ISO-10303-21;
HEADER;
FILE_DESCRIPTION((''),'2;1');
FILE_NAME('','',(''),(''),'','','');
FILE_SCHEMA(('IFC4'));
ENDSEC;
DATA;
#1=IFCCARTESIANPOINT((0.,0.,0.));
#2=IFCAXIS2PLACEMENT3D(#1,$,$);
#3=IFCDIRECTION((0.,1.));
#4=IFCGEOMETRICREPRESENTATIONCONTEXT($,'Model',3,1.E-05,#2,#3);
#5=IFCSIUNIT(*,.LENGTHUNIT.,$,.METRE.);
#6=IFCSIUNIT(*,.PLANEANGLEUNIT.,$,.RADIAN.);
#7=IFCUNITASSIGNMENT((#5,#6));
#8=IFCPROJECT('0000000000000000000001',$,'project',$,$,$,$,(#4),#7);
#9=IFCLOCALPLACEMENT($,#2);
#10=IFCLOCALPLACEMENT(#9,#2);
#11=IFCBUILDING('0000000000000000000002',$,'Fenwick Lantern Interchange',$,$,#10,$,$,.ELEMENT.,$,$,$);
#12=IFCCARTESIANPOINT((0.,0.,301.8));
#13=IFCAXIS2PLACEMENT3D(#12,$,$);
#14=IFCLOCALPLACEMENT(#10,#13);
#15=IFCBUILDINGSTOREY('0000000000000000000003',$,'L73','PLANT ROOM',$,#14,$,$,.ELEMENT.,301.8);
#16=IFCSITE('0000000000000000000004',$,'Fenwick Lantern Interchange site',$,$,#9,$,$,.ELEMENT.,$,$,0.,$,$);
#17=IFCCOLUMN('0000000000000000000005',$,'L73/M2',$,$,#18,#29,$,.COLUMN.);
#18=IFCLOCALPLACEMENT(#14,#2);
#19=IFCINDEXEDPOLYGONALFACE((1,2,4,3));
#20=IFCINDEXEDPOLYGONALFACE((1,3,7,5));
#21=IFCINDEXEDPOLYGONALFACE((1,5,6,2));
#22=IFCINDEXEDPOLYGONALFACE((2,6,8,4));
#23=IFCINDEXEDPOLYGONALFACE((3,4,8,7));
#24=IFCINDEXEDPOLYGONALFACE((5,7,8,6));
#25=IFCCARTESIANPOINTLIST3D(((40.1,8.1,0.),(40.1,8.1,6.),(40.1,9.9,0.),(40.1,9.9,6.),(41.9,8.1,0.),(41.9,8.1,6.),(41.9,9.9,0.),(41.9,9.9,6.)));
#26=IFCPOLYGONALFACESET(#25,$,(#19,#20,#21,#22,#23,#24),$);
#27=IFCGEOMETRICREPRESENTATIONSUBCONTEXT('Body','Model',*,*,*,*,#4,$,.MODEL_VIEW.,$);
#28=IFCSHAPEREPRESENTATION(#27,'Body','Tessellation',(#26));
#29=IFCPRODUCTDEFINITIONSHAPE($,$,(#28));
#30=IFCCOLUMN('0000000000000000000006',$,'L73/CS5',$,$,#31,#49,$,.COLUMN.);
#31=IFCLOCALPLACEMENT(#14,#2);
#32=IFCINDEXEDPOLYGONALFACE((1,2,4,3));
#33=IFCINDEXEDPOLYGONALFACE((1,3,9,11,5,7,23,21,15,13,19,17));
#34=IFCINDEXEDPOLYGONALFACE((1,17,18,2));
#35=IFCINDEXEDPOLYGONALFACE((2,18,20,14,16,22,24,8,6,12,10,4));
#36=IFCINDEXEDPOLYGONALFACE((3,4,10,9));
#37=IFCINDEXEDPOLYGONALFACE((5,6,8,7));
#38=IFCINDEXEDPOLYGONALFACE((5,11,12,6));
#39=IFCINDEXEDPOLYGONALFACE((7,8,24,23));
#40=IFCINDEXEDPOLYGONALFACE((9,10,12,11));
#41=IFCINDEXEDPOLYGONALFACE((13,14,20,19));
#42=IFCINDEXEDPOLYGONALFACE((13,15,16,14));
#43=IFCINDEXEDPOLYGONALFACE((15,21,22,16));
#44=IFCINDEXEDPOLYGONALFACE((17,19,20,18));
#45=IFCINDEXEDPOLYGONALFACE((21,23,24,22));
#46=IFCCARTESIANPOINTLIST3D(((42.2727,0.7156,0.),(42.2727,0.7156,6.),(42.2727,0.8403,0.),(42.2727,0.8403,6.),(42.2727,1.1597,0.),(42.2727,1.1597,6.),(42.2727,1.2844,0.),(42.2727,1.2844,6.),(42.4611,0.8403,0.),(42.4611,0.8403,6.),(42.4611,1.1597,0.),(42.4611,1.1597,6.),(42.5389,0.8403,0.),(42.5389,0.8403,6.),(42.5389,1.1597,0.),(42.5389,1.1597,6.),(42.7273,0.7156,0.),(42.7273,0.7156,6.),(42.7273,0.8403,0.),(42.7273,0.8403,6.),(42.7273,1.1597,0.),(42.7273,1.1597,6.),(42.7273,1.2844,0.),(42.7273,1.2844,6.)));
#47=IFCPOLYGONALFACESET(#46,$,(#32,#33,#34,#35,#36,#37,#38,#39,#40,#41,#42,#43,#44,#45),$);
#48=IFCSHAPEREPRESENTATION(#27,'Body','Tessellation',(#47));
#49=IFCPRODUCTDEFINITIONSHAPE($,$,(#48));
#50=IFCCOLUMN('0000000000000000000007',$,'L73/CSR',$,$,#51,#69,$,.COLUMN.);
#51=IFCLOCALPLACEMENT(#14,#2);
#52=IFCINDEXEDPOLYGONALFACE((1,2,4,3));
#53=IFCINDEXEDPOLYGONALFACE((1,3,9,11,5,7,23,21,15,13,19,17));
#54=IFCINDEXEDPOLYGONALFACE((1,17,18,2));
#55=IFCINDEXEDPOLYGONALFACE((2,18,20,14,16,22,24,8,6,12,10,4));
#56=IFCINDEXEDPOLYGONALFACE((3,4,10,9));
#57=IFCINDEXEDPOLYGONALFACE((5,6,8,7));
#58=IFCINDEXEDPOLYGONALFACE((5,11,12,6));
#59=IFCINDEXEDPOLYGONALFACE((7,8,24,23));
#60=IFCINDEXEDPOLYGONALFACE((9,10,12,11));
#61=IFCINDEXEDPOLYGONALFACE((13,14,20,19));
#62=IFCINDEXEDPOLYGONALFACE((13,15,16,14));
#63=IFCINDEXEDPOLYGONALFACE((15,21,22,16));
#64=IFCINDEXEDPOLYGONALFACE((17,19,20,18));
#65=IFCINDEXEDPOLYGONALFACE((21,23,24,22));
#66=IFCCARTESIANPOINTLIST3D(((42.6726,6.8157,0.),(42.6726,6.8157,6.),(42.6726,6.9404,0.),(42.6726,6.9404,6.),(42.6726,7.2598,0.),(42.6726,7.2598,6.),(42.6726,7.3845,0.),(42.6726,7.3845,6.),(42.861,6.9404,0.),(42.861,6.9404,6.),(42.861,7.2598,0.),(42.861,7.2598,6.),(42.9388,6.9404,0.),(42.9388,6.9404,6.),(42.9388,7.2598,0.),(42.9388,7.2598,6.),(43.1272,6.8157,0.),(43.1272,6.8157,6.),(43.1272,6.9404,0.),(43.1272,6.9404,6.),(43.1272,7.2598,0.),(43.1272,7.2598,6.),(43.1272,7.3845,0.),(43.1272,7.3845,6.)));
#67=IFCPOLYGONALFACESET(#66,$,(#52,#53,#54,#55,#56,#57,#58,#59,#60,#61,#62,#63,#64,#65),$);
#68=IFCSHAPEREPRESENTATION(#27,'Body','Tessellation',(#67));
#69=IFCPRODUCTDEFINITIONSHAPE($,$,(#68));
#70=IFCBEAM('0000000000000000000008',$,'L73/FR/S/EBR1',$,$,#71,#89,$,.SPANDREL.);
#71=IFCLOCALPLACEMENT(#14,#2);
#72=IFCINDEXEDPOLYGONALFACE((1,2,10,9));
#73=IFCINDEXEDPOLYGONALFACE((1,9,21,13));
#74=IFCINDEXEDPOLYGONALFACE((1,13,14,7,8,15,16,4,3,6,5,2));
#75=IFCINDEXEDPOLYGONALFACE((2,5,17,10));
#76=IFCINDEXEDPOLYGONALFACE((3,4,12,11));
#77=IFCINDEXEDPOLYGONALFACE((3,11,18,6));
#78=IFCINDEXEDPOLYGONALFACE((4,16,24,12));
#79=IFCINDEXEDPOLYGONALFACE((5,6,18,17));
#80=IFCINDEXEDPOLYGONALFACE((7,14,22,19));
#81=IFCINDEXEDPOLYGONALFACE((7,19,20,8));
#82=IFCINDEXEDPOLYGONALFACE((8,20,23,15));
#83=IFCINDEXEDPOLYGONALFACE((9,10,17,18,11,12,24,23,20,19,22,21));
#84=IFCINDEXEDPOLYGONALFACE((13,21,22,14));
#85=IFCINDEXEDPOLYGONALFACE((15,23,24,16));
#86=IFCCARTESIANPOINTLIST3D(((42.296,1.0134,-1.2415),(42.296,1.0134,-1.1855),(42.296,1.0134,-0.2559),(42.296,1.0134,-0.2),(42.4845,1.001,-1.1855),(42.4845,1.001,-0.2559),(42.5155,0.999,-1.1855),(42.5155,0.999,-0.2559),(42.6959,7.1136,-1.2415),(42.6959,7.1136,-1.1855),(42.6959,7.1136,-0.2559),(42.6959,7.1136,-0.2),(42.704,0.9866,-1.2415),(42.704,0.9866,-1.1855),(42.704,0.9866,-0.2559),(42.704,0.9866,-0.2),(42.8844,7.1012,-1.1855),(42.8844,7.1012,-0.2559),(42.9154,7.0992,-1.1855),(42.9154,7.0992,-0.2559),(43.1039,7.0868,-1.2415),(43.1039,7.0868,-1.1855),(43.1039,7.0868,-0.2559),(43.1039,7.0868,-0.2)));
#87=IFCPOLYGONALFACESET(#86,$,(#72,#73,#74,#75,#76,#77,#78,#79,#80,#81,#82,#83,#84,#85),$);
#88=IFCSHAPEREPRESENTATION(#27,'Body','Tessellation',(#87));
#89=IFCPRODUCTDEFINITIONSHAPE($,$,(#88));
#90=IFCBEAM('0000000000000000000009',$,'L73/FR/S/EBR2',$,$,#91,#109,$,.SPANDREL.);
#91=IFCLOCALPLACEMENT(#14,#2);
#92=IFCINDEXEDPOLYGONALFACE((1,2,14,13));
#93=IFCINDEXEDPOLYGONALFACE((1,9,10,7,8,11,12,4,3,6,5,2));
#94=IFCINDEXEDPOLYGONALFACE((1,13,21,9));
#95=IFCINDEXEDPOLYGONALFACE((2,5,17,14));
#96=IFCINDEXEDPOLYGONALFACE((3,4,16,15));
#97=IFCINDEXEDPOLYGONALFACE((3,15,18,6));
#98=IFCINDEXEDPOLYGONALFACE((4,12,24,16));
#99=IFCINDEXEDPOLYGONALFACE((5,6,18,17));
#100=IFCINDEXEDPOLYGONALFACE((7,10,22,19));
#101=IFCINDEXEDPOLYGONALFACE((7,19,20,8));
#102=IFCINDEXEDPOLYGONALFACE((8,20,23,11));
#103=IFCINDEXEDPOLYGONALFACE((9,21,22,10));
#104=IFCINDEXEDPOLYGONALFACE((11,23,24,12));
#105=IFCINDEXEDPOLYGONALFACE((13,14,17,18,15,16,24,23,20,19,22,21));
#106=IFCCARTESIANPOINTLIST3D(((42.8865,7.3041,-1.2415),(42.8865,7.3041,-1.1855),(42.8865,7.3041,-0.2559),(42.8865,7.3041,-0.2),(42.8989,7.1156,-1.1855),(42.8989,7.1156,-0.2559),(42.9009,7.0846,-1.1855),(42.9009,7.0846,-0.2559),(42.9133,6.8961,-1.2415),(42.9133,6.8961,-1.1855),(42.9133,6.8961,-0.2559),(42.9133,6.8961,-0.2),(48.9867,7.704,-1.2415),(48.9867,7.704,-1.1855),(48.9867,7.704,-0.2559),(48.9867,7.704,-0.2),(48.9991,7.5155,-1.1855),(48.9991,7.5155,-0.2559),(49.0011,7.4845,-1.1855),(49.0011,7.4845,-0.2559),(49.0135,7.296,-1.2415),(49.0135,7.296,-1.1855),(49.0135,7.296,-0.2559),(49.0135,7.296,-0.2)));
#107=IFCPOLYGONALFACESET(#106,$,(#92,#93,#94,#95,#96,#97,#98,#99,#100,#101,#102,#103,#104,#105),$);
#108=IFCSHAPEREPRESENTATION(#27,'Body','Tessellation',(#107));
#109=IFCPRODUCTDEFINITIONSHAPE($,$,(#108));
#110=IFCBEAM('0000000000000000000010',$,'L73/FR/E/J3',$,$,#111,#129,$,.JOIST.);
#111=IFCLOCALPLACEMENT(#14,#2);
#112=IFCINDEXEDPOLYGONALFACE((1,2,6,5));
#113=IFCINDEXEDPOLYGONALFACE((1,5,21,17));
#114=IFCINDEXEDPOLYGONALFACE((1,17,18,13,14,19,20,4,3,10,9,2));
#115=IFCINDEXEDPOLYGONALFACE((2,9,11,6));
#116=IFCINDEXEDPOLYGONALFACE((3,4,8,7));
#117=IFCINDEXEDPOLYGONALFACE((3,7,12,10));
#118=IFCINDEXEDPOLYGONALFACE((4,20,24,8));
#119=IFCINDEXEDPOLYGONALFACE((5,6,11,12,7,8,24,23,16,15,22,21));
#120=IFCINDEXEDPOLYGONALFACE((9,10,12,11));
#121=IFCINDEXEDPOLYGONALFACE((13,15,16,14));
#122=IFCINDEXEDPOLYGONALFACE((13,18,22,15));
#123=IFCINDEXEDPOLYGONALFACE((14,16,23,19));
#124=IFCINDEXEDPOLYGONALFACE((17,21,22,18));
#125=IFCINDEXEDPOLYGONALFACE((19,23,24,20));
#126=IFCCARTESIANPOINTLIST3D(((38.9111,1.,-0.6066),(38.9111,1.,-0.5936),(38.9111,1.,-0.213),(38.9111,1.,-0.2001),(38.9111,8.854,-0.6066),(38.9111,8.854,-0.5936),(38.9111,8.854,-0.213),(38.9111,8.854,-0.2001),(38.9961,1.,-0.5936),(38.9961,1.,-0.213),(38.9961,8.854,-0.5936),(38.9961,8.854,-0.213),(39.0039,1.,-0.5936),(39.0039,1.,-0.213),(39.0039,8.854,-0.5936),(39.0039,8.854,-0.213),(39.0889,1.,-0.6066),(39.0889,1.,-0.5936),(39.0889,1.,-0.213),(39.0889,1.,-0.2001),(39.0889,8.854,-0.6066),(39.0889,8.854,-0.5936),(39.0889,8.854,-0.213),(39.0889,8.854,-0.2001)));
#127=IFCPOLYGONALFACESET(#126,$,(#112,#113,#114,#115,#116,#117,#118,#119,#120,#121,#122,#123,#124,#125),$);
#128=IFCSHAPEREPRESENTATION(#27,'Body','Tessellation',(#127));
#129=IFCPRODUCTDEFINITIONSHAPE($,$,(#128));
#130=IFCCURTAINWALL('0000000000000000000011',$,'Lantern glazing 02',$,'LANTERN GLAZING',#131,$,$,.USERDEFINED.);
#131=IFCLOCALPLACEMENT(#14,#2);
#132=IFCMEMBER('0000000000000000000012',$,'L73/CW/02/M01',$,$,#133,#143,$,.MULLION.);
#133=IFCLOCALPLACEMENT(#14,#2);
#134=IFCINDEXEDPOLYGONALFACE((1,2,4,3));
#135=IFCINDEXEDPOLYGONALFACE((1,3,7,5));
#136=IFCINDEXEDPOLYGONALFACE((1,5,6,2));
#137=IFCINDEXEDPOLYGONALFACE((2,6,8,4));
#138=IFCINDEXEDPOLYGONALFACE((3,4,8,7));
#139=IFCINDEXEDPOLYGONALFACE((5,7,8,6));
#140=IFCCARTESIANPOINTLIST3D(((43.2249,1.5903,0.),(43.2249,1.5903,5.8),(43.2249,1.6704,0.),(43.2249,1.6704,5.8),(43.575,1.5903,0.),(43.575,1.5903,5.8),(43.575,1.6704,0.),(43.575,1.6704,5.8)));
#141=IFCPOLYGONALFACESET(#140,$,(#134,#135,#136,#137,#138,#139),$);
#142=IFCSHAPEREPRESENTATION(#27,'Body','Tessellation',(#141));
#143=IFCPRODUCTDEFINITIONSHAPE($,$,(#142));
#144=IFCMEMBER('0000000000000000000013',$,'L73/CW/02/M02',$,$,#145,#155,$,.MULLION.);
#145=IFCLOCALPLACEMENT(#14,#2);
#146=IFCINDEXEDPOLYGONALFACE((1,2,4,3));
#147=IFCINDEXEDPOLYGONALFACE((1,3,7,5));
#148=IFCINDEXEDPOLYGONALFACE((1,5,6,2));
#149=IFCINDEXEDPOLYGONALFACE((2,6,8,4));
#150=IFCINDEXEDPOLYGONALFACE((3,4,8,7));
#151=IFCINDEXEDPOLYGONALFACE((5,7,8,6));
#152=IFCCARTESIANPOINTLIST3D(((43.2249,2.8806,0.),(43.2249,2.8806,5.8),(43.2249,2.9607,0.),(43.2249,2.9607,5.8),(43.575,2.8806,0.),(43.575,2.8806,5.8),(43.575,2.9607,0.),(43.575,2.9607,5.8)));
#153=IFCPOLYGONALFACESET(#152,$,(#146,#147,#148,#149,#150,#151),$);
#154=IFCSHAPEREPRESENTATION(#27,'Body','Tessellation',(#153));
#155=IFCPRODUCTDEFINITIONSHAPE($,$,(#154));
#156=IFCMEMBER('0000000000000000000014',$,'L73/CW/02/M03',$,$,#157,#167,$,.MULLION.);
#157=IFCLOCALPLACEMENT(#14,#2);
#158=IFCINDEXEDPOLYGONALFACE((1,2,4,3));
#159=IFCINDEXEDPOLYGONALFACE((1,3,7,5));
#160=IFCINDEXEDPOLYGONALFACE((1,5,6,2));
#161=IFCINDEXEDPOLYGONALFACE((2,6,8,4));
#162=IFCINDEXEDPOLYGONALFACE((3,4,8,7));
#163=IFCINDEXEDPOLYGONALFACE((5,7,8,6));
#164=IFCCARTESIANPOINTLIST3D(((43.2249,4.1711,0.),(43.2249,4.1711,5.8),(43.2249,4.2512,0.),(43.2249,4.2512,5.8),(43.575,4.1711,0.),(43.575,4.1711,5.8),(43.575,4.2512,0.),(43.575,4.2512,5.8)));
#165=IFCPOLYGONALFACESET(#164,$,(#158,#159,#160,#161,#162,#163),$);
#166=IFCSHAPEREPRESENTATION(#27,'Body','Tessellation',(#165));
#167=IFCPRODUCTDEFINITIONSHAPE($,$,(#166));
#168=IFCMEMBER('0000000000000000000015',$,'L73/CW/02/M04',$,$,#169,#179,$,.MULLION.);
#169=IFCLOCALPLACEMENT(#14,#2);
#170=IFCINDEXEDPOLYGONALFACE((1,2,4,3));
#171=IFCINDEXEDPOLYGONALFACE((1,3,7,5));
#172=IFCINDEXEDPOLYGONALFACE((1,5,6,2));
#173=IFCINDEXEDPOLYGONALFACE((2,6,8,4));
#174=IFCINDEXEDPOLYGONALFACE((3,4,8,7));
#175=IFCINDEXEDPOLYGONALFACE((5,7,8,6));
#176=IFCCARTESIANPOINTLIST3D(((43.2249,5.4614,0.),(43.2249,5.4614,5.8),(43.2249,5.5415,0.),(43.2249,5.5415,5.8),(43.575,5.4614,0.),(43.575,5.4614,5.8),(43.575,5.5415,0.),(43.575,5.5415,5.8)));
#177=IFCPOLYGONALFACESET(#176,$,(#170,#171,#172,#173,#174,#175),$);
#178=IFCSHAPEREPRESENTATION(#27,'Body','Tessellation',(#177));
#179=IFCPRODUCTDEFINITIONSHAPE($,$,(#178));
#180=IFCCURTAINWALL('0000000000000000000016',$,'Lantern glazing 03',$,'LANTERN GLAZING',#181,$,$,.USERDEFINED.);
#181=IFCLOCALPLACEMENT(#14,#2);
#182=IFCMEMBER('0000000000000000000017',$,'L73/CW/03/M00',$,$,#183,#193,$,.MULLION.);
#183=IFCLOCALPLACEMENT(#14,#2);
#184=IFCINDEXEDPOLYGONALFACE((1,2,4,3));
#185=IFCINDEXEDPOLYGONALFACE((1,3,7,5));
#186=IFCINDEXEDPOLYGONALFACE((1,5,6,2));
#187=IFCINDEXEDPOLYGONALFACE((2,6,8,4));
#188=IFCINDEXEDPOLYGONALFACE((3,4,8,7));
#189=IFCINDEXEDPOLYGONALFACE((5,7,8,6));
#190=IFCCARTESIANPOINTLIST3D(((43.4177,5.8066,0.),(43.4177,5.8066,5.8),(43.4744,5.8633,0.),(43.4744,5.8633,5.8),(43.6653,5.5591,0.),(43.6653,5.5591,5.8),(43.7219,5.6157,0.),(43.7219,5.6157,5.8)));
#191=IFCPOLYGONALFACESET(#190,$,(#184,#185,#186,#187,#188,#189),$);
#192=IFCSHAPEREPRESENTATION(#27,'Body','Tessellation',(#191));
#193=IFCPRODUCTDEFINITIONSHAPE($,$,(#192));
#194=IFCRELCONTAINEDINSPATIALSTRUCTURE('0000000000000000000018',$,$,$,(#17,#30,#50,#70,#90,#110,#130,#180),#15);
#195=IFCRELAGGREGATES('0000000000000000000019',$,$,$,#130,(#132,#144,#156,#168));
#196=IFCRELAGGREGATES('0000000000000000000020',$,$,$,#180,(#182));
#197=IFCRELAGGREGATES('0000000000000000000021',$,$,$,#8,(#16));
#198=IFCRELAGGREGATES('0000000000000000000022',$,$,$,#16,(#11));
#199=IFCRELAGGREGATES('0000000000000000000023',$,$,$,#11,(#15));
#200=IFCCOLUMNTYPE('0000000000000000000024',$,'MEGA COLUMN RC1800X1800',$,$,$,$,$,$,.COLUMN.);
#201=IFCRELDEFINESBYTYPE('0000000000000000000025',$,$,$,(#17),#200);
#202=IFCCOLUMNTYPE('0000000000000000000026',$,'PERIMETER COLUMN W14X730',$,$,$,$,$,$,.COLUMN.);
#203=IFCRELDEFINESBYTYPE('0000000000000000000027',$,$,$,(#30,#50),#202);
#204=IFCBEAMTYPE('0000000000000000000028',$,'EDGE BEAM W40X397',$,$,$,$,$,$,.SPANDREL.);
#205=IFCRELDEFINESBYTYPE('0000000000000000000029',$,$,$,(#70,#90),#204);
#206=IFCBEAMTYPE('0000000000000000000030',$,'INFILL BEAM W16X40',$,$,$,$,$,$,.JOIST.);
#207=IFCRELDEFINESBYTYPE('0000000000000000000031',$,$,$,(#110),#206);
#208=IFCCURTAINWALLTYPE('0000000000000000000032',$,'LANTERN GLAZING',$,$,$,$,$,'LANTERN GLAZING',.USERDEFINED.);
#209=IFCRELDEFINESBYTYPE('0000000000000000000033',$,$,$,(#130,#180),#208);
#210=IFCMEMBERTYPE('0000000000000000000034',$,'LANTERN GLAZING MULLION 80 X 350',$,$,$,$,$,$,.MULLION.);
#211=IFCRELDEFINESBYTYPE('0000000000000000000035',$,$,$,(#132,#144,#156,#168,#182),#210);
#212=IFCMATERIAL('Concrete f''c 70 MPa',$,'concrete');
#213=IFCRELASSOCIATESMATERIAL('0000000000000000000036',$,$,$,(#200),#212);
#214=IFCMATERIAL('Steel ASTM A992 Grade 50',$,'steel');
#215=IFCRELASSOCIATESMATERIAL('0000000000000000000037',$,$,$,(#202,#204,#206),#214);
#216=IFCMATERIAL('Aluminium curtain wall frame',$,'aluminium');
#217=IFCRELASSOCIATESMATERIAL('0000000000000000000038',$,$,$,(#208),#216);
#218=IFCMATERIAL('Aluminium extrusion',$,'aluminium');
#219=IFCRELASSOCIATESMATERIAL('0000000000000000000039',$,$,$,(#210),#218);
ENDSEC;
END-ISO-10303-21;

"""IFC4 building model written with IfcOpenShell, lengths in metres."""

from ifc_helpers import new_model, si_unit, direction, frame, origin, origin_2d, place, context, subcontext, project, spatial, rectangle, i_section, extrude, material, material_profile, profile_set, type_object, element, aggregate, save


model = new_model("IFC4")

# Units and contexts
model_context = context("Model", 3, precision=1e-05, world=origin(), true_north=direction((0.0, 1.0)))
body_context = subcontext(model_context, "Body", "Model", "MODEL_VIEW")
ifc_project = project(units=[si_unit("LENGTHUNIT", "METRE"), si_unit("PLANEANGLEUNIT", "RADIAN")], contexts=[model_context])

# Site, building, storey
site_placement = place(None, origin())
site = spatial("IfcSite", under=ifc_project, at=site_placement, Name="Fenwick Lantern Interchange site", CompositionType="ELEMENT", RefElevation=0.0)
building_placement = place(site_placement, origin())
building = spatial("IfcBuilding", under=site, at=building_placement, Name="Fenwick Lantern Interchange", CompositionType="ELEMENT")
storey_placement = place(building_placement, frame((0.0, 0.0, 301.8)))
storey = spatial("IfcBuildingStorey", under=building, at=storey_placement, Name="L73", Description="PLANT ROOM", CompositionType="ELEMENT", Elevation=301.8)

# Columns
ifc_material_1 = material(Name="Concrete f'c 70 MPa", Category="concrete")
ifc_material_profile_1 = material_profile(ifc_material_1, rectangle(XDim=1.8, YDim=1.8, at=origin_2d()), Name="RC1800X1800")
ifc_profile_set_1 = profile_set([ifc_material_profile_1], Name="Concrete f'c 70 MPa")
column_type_1 = type_object("IfcColumnType", Name="MEGA COLUMN RC1800X1800", PredefinedType="COLUMN", material=ifc_profile_set_1)
column_placement = place(storey_placement, frame((41.0, 9.0, 0.0), z_axis=(0.0, 0.0, 1.0), x_axis=(1.0, 0.0, 0.0)))
element("IfcColumn", 1, at=column_placement, inside=storey, type_object=column_type_1, Name="L73/M2", PredefinedType="COLUMN", context=body_context, shape_type="SweptSolid", body=[
    extrude(rectangle(XDim=1.8, YDim=1.8, at=origin_2d()), origin(), (0.0, 0.0, 1.0), 6.0),
])
ifc_material_2 = material(Name="Steel ASTM A992 Grade 50", Category="steel")
ifc_material_profile_2 = material_profile(ifc_material_2, i_section(OverallWidth=0.4546, OverallDepth=0.5688, WebThickness=0.0779, FlangeThickness=0.1248, at=origin_2d()), Name="W14X730")
ifc_profile_set_2 = profile_set([ifc_material_profile_2], Name="Steel ASTM A992 Grade 50")
column_type_2 = type_object("IfcColumnType", Name="PERIMETER COLUMN W14X730", PredefinedType="COLUMN", material=ifc_profile_set_2)
for number, where, z_axis, x_axis, name in (
    (2, (42.5, 1.0, 0.0), (0.0, 0.0, 1.0), (1.0, 0.0, 0.0), "L73/CS5"),
    (3, (42.8999, 7.1001, 0.0), (0.0, 0.0, 1.0), (1.0, 0.0, 0.0), "L73/CSR"),
):
    element("IfcColumn", number, at=place(storey_placement, frame(where, z_axis=z_axis, x_axis=x_axis)), inside=storey, type_object=column_type_2, Name=name, PredefinedType="COLUMN", context=body_context, shape_type="SweptSolid", body=[
        extrude(i_section(OverallWidth=0.4546, OverallDepth=0.5688, WebThickness=0.0779, FlangeThickness=0.1248, at=origin_2d()), origin(), (0.0, 0.0, 1.0), 6.0),
    ])

# Beams
ifc_material_profile_3 = material_profile(ifc_material_2, i_section(OverallWidth=0.4089, OverallDepth=1.0415, WebThickness=0.031, FlangeThickness=0.0559, at=origin_2d()), Name="W40X397")
ifc_profile_set_3 = profile_set([ifc_material_profile_3], Name="Steel ASTM A992 Grade 50")
beam_type_1 = type_object("IfcBeamType", Name="EDGE BEAM W40X397", PredefinedType="SPANDREL", material=ifc_profile_set_3)
for number, where, z_axis, x_axis, name in (
    (4, (42.5, 1.0, -0.7207), (0.065416, 0.997858, 0.0), (-0.997858, 0.065416, 0.0), "L73/FR/S/EBR1"),
    (5, (42.8999, 7.1001, -0.7207), (0.997858, 0.065416, 0.0), (-0.065416, 0.997858, 0.0), "L73/FR/S/EBR2"),
):
    element("IfcBeam", number, at=place(storey_placement, frame(where, z_axis=z_axis, x_axis=x_axis)), inside=storey, type_object=beam_type_1, Name=name, PredefinedType="SPANDREL", context=body_context, shape_type="SweptSolid", body=[
        extrude(i_section(OverallWidth=0.4089, OverallDepth=1.0415, WebThickness=0.031, FlangeThickness=0.0559, at=origin_2d()), origin(), (0.0, 0.0, 1.0), 6.1133),
    ])
ifc_material_profile_4 = material_profile(ifc_material_2, i_section(OverallWidth=0.1777, OverallDepth=0.4065, WebThickness=0.0078, FlangeThickness=0.0129, at=origin_2d()), Name="W16X40")
ifc_profile_set_4 = profile_set([ifc_material_profile_4], Name="Steel ASTM A992 Grade 50")
beam_type_2 = type_object("IfcBeamType", Name="INFILL BEAM W16X40", PredefinedType="JOIST", material=ifc_profile_set_4)
beam_placement = place(storey_placement, frame((39.0, 1.0, -0.4033), z_axis=(0.0, 1.0, 0.0), x_axis=(-1.0, 0.0, 0.0)))
element("IfcBeam", 6, at=beam_placement, inside=storey, type_object=beam_type_2, Name="L73/FR/E/J3", PredefinedType="JOIST", context=body_context, shape_type="SweptSolid", body=[
    extrude(i_section(OverallWidth=0.1777, OverallDepth=0.4065, WebThickness=0.0078, FlangeThickness=0.0129, at=origin_2d()), origin(), (0.0, 0.0, 1.0), 7.854),
])

# Curtain walls, members
ifc_material_3 = material(Name="Aluminium curtain wall frame", Category="aluminium")
curtain_wall_type = type_object("IfcCurtainWallType", Name="LANTERN GLAZING", ElementType="LANTERN GLAZING", PredefinedType="USERDEFINED", material=ifc_material_3)
curtain_wall_1_placement = place(storey_placement, origin())
curtain_wall_1 = element("IfcCurtainWall", 7, at=curtain_wall_1_placement, inside=storey, type_object=curtain_wall_type, Name="Lantern glazing 02", ObjectType="LANTERN GLAZING", PredefinedType="USERDEFINED")
ifc_material_4 = material(Name="Aluminium extrusion", Category="aluminium")
ifc_material_profile_5 = material_profile(ifc_material_4, rectangle(XDim=0.3501, YDim=0.0801, at=origin_2d()), Name="LANTERN GLAZING MULLION 80 X 350")
ifc_profile_set_5 = profile_set([ifc_material_profile_5], Name="Aluminium extrusion")
member_type_1 = type_object("IfcMemberType", Name="LANTERN GLAZING MULLION 80 X 350", PredefinedType="MULLION", material=ifc_profile_set_5)
member_1_placement = place(storey_placement, frame((43.3999, 1.6304, 0.0), z_axis=(0.0, 0.0, 1.0), x_axis=(-1.0, 0.0, 0.0)))
member_1 = element("IfcMember", 8, at=member_1_placement, type_object=member_type_1, Name="L73/CW/02/M01", PredefinedType="MULLION", context=body_context, shape_type="SweptSolid", body=[
    extrude(rectangle(XDim=0.3501, YDim=0.0801, at=origin_2d()), origin(), (0.0, 0.0, 1.0), 5.8),
])
member_2_placement = place(storey_placement, frame((43.3999, 2.9207, 0.0), z_axis=(0.0, 0.0, 1.0), x_axis=(-1.0, 0.0, 0.0)))
member_2 = element("IfcMember", 9, at=member_2_placement, type_object=member_type_1, Name="L73/CW/02/M02", PredefinedType="MULLION", context=body_context, shape_type="SweptSolid", body=[
    extrude(rectangle(XDim=0.3501, YDim=0.0801, at=origin_2d()), origin(), (0.0, 0.0, 1.0), 5.8),
])
member_3_placement = place(storey_placement, frame((43.3999, 4.2112, 0.0), z_axis=(0.0, 0.0, 1.0), x_axis=(-1.0, 0.0, 0.0)))
member_3 = element("IfcMember", 10, at=member_3_placement, type_object=member_type_1, Name="L73/CW/02/M03", PredefinedType="MULLION", context=body_context, shape_type="SweptSolid", body=[
    extrude(rectangle(XDim=0.3501, YDim=0.0801, at=origin_2d()), origin(), (0.0, 0.0, 1.0), 5.8),
])
member_4_placement = place(storey_placement, frame((43.3999, 5.5015, 0.0), z_axis=(0.0, 0.0, 1.0), x_axis=(-1.0, 0.0, 0.0)))
member_4 = element("IfcMember", 11, at=member_4_placement, type_object=member_type_1, Name="L73/CW/02/M04", PredefinedType="MULLION", context=body_context, shape_type="SweptSolid", body=[
    extrude(rectangle(XDim=0.3501, YDim=0.0801, at=origin_2d()), origin(), (0.0, 0.0, 1.0), 5.8),
])
curtain_wall_2_placement = place(storey_placement, origin())
curtain_wall_2 = element("IfcCurtainWall", 12, at=curtain_wall_2_placement, inside=storey, type_object=curtain_wall_type, Name="Lantern glazing 03", ObjectType="LANTERN GLAZING", PredefinedType="USERDEFINED")
member_5_placement = place(storey_placement, frame((43.5698, 5.7112, 0.0), z_axis=(0.0, 0.0, 1.0), x_axis=(-0.707107, 0.707107, 0.0)))
member_5 = element("IfcMember", 13, at=member_5_placement, type_object=member_type_1, Name="L73/CW/03/M00", PredefinedType="MULLION", context=body_context, shape_type="SweptSolid", body=[
    extrude(rectangle(XDim=0.3501, YDim=0.0801, at=origin_2d()), origin(), (0.0, 0.0, 1.0), 5.8),
])

aggregate(curtain_wall_1, [member_1, member_2, member_3, member_4])
aggregate(curtain_wall_2, [member_5])

save(model, "model.ifc")
